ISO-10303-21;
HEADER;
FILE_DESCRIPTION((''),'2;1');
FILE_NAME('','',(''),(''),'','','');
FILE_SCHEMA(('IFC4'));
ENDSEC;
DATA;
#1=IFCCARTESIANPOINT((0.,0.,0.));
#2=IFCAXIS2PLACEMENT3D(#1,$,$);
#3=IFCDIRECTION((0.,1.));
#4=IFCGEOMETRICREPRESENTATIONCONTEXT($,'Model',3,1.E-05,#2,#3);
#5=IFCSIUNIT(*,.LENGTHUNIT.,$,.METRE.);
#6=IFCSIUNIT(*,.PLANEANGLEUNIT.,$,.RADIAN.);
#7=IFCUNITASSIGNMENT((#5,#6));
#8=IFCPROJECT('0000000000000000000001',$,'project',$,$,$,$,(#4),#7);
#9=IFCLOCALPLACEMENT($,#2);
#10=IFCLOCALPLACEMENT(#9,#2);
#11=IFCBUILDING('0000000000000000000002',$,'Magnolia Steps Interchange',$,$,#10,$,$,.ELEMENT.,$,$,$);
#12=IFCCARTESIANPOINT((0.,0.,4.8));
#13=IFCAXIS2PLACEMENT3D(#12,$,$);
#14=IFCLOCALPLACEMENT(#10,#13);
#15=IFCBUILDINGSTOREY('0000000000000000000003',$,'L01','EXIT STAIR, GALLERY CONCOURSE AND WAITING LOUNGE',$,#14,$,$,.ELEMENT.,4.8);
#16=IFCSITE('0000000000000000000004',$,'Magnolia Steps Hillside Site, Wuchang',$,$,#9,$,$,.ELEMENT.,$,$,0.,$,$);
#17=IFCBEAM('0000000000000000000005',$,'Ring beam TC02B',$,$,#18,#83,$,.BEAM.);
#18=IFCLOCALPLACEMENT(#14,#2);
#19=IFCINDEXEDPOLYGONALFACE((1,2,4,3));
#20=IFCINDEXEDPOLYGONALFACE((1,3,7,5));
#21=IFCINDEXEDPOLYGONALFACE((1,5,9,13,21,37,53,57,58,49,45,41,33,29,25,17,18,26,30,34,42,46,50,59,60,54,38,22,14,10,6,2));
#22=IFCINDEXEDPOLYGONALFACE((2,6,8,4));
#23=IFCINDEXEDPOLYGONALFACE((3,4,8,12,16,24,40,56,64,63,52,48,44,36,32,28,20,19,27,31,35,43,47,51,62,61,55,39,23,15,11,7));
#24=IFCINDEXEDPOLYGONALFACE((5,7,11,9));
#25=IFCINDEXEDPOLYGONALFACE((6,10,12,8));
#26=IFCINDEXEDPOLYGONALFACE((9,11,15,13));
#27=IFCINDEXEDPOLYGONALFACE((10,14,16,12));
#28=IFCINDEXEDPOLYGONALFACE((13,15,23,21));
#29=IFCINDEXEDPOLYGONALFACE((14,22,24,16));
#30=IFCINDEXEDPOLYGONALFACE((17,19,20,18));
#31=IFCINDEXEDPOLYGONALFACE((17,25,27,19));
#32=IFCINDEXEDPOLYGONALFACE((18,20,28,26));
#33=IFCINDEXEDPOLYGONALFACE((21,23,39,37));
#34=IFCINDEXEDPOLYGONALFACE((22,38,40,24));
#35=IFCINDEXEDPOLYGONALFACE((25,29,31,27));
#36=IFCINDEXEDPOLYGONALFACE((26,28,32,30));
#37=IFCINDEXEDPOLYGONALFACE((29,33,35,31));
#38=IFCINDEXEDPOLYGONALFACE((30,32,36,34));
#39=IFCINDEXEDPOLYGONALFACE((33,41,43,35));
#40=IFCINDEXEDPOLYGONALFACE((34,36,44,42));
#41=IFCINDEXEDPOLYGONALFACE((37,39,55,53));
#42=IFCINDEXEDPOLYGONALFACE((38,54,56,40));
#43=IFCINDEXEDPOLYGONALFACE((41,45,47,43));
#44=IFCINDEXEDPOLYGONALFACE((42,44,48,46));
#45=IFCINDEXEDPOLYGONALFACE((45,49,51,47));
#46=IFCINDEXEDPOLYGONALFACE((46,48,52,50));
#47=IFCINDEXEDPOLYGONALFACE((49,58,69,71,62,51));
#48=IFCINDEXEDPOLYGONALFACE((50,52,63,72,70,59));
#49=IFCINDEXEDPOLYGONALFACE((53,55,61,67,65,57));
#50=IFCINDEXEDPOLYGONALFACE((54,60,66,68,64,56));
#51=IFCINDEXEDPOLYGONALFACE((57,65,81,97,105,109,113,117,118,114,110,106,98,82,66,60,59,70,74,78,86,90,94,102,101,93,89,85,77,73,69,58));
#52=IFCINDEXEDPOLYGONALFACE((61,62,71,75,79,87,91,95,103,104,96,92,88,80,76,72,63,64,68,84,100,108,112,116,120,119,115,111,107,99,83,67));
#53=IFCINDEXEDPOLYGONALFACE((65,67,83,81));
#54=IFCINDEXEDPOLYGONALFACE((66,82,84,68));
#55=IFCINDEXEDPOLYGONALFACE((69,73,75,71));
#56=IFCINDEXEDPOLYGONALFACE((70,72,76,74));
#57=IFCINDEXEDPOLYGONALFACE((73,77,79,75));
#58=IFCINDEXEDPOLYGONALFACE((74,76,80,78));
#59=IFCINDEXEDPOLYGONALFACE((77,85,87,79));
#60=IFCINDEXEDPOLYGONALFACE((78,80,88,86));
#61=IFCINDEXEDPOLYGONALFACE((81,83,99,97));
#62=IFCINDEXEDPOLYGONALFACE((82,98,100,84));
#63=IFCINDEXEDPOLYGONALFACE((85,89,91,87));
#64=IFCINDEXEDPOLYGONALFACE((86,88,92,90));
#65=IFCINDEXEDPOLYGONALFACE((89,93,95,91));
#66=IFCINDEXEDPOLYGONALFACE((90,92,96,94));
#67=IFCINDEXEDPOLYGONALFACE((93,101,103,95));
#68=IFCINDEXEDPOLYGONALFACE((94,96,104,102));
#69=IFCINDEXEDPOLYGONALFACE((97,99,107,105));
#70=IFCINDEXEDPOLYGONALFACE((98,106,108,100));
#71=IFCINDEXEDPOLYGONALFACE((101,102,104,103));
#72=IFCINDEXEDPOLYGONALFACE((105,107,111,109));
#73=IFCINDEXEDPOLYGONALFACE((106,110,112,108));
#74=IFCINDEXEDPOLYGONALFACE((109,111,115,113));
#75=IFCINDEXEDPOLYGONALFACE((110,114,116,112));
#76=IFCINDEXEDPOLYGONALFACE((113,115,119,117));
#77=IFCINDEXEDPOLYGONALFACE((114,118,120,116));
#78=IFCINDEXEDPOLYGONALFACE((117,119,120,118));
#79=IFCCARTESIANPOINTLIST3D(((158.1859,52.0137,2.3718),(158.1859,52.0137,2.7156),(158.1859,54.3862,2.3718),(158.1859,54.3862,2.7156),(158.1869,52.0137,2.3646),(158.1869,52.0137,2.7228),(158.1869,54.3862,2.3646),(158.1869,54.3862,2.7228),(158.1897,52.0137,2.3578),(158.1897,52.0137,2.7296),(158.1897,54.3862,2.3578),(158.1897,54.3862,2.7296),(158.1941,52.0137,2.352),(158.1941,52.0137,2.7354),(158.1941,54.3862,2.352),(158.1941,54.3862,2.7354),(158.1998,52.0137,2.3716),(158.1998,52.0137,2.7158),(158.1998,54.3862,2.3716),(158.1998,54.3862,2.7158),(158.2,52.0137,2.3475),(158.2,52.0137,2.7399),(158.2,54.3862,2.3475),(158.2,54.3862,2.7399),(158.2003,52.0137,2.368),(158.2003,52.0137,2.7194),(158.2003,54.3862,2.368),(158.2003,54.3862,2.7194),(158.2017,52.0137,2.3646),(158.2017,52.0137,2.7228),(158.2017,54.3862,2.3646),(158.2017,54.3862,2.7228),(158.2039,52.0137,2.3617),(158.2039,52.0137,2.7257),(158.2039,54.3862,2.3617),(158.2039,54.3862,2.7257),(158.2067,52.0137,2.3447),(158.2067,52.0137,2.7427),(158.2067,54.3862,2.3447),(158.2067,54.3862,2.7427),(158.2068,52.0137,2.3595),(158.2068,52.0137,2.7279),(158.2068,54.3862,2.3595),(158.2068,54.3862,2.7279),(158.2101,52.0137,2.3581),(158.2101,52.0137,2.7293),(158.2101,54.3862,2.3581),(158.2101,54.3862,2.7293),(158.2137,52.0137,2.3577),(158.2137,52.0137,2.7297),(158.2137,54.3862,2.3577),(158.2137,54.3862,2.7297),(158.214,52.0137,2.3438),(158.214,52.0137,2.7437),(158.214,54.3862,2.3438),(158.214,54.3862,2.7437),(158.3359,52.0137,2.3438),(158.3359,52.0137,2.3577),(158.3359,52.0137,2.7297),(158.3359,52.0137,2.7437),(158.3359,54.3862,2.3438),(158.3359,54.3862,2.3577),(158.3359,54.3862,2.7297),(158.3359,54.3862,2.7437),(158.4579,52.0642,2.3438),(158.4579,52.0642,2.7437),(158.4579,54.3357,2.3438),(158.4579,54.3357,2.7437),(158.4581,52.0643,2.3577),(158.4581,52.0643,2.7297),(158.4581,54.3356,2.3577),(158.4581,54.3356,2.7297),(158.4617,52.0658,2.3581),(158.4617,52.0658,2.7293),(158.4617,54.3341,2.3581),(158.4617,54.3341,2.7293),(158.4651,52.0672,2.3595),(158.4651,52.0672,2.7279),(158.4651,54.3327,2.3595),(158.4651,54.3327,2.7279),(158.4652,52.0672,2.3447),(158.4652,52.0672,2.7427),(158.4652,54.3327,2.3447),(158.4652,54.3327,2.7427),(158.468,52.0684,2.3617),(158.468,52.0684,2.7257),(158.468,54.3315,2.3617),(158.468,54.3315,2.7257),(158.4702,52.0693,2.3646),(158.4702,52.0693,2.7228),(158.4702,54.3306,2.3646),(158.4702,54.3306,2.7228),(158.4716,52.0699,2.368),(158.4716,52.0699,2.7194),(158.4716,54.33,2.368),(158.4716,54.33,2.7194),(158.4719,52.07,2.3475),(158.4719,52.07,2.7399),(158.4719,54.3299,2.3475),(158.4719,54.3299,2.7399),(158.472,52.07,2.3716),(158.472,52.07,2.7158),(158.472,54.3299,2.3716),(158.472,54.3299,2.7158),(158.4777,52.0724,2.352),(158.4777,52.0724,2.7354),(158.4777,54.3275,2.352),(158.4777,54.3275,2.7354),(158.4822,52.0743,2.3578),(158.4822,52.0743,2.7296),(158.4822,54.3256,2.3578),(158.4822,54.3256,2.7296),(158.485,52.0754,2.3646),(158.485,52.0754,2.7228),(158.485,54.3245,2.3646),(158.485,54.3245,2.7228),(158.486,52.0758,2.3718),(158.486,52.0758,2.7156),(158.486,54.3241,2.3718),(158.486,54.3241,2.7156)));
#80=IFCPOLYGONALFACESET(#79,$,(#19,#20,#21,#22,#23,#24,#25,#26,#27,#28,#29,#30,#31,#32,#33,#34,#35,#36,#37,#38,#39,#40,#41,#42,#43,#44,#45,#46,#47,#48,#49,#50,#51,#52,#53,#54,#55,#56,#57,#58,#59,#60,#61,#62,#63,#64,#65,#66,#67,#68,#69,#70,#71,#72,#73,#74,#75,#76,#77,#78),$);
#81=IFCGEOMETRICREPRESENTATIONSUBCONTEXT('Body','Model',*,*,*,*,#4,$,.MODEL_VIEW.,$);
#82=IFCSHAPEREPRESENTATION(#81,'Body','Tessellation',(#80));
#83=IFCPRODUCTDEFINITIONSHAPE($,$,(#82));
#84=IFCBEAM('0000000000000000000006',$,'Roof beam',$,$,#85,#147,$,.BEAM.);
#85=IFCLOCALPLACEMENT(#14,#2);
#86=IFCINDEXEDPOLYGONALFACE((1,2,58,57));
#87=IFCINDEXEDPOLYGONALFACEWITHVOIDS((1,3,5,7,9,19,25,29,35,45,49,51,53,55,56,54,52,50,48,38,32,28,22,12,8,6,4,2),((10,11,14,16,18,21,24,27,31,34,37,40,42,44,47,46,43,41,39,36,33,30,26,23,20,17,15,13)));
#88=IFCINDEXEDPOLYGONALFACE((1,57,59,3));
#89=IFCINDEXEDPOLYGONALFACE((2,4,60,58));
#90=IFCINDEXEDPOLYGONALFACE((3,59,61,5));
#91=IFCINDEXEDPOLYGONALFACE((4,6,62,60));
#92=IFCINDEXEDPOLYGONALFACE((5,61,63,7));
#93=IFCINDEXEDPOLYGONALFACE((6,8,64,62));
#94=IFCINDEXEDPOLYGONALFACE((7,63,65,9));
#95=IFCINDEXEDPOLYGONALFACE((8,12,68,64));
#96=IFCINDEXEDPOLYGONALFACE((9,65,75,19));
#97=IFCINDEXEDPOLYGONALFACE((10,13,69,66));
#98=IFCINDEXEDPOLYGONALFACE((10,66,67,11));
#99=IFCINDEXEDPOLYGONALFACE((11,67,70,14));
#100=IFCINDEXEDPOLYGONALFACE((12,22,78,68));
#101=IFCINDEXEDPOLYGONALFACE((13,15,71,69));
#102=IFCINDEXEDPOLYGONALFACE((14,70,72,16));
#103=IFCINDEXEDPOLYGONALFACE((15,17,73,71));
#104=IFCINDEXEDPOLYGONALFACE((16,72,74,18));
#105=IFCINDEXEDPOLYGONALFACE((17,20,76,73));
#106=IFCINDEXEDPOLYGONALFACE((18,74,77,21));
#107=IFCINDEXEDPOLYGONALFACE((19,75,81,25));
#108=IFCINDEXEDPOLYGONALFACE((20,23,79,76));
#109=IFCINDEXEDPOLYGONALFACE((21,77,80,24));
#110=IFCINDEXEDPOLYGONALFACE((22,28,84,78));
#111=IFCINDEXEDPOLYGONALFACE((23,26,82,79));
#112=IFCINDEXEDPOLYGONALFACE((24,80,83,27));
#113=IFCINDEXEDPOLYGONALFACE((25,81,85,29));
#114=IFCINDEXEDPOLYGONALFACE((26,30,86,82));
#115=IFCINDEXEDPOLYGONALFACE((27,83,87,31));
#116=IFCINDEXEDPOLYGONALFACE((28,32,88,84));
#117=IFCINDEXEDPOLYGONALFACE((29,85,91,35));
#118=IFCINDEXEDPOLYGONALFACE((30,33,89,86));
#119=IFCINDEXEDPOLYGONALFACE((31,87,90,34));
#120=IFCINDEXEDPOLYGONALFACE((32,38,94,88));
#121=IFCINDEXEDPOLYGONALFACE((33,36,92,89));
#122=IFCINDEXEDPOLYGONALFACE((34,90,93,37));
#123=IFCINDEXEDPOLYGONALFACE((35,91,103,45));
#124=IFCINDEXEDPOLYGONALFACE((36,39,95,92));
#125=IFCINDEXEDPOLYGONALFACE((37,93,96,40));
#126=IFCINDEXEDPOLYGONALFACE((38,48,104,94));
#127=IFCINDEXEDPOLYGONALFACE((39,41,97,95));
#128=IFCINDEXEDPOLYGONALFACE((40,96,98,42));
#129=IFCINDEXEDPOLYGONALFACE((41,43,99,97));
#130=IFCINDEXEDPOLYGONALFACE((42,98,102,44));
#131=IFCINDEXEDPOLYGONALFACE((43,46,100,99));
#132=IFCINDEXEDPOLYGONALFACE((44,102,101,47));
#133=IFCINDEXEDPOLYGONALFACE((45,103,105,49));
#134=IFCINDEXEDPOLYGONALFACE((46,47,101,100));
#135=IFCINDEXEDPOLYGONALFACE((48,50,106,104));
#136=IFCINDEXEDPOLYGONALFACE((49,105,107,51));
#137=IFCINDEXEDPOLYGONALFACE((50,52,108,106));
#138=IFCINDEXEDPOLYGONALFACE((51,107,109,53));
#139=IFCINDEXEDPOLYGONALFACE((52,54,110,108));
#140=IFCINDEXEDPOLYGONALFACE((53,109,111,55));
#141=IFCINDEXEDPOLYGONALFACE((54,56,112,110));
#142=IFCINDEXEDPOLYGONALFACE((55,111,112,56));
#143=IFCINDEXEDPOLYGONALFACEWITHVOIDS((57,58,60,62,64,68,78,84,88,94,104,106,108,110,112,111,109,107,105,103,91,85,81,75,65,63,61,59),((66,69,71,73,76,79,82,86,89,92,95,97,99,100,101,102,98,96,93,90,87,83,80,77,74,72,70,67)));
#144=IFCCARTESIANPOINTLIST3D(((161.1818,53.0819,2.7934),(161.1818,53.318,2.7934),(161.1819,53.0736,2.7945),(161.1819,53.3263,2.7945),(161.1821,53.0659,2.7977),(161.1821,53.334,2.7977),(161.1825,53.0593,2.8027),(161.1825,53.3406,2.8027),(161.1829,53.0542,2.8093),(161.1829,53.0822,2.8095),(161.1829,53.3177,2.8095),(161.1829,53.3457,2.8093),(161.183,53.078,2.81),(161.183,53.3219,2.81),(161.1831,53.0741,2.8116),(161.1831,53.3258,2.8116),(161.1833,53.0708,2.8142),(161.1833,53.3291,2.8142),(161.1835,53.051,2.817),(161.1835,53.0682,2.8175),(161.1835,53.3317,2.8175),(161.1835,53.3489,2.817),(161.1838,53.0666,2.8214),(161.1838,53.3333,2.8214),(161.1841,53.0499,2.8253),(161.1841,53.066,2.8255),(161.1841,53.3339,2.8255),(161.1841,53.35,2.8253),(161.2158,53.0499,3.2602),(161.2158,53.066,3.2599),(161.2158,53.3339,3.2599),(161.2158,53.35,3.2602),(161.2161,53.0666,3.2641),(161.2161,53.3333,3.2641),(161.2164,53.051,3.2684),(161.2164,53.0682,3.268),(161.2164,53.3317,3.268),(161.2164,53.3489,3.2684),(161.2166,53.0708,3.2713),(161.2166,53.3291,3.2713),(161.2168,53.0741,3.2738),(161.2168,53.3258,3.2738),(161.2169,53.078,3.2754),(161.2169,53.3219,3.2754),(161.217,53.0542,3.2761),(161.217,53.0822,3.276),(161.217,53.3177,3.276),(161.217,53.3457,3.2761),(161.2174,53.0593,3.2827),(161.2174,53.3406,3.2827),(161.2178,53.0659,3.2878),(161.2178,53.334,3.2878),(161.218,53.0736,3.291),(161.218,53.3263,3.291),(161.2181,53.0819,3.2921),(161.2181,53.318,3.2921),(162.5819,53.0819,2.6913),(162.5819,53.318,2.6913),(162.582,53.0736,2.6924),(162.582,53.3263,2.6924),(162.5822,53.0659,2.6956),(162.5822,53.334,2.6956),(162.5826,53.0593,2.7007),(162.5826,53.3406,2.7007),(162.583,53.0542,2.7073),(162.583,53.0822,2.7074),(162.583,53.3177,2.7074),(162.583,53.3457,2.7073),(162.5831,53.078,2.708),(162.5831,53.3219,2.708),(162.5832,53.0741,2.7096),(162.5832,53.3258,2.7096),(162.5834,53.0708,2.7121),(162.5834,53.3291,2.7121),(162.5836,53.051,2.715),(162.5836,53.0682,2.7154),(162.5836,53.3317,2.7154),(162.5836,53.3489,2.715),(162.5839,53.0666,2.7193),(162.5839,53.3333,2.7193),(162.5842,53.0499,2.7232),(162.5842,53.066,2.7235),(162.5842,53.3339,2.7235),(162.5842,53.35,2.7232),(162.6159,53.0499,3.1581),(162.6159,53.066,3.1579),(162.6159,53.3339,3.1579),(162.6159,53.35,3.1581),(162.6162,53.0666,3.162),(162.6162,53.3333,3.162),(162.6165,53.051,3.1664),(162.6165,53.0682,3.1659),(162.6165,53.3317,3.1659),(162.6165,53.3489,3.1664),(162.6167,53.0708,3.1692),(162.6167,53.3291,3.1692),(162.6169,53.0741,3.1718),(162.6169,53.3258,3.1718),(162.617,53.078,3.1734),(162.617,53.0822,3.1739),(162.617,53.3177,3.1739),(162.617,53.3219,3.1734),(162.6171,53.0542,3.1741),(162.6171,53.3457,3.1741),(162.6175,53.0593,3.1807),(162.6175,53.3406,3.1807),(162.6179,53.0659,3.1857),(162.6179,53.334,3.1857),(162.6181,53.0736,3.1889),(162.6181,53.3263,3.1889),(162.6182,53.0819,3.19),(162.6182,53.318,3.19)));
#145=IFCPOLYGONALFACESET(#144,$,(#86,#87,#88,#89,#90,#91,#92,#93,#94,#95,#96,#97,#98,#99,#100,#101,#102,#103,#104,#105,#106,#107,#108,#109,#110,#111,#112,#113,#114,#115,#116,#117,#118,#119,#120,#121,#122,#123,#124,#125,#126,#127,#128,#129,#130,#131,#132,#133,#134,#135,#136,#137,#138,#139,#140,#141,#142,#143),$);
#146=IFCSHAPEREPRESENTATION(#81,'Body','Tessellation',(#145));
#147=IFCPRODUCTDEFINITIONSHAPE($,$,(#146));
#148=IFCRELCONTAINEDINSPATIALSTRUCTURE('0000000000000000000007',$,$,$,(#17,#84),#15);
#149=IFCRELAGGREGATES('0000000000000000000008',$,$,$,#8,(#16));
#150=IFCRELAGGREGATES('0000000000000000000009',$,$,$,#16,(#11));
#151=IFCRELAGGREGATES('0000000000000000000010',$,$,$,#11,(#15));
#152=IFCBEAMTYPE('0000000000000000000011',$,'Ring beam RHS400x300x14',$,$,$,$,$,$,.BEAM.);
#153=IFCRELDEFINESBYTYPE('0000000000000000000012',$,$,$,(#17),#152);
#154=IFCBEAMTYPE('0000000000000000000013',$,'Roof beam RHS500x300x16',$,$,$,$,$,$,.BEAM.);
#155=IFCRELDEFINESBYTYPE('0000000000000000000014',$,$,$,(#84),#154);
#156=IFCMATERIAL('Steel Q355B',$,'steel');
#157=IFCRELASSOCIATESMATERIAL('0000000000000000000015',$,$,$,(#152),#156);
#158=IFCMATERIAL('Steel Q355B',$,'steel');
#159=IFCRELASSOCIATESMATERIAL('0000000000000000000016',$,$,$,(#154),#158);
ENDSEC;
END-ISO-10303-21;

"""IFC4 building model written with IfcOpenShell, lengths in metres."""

from ifc_helpers import new_model, si_unit, direction, frame, origin, origin_2d, place, context, subcontext, project, spatial, hollow_rectangle, extrude, clip, halfspace, material, material_profile, profile_set, type_object, element, save


model = new_model("IFC4")

# Units and contexts
model_context = context("Model", 3, precision=1e-05, world=origin(), true_north=direction((0.0, 1.0)))
body_context = subcontext(model_context, "Body", "Model", "MODEL_VIEW")
ifc_project = project(units=[si_unit("LENGTHUNIT", "METRE"), si_unit("PLANEANGLEUNIT", "RADIAN")], contexts=[model_context])

# Site, building, storey
site_placement = place(None, origin())
site = spatial("IfcSite", under=ifc_project, at=site_placement, Name="Magnolia Steps Hillside Site, Wuchang", CompositionType="ELEMENT", RefElevation=0.0)
building_placement = place(site_placement, origin())
building = spatial("IfcBuilding", under=site, at=building_placement, Name="Magnolia Steps Interchange", CompositionType="ELEMENT")
storey_placement = place(building_placement, frame((0.0, 0.0, 4.8)))
storey = spatial("IfcBuildingStorey", under=building, at=storey_placement, Name="L01", Description="EXIT STAIR, GALLERY CONCOURSE AND WAITING LOUNGE", CompositionType="ELEMENT", Elevation=4.8)

# Beams
ifc_material_1 = material(Name="Steel Q355B", Category="steel")
ifc_material_profile_1 = material_profile(ifc_material_1, hollow_rectangle(XDim=0.3, YDim=0.3999, WallThickness=0.0139, InnerFilletRadius=0.0139, OuterFilletRadius=0.0281, at=origin_2d()), Name="RHS400x300x14")
ifc_profile_set_1 = profile_set([ifc_material_profile_1], Name="Steel Q355B")
beam_type_1 = type_object("IfcBeamType", Name="Ring beam RHS400x300x14", PredefinedType="BEAM", material=ifc_profile_set_1)
beam_1_placement = place(storey_placement, frame((158.3359, 54.3862, 2.5437), z_axis=(0.0, -1.0, 0.0), x_axis=(1.0, 0.0, 0.0)))
element("IfcBeam", 1, at=beam_1_placement, inside=storey, type_object=beam_type_1, Name="Ring beam TC02B", PredefinedType="BEAM", context=body_context, shape_type="Clipping", body=[
    clip(clip(extrude(hollow_rectangle(XDim=0.3, YDim=0.3999, WallThickness=0.0139, InnerFilletRadius=0.0139, OuterFilletRadius=0.0281, at=origin_2d()), origin(), (0.0, 0.0, 1.0), 2.3726), halfspace(frame((0.0, 0.0, 0.0), z_axis=(0.382683, 0.0, -0.92388), x_axis=(0.92388, 0.0, 0.382683)), False)), halfspace(frame((0.0, 0.0, 2.3726), z_axis=(0.382683, 0.0, 0.92388), x_axis=(0.92388, 0.0, -0.382683)), False)),
])
ifc_material_2 = material(Name="Steel Q355B", Category="steel")
ifc_material_profile_2 = material_profile(ifc_material_2, hollow_rectangle(XDim=0.3, YDim=0.5, WallThickness=0.0161, InnerFilletRadius=0.0161, OuterFilletRadius=0.032, at=origin_2d()), Name="RHS500x300x16")
ifc_profile_set_2 = profile_set([ifc_material_profile_2], Name="Steel Q355B")
beam_type_2 = type_object("IfcBeamType", Name="Roof beam RHS500x300x16", PredefinedType="BEAM", material=ifc_profile_set_2)
beam_2_placement = place(storey_placement, frame((161.2, 53.2, 3.0427), z_axis=(0.997354, 0.0, -0.072693), x_axis=(0.0, 1.0, 0.0)))
element("IfcBeam", 2, at=beam_2_placement, inside=storey, type_object=beam_type_2, Name="Roof beam", PredefinedType="BEAM", context=body_context, shape_type="SweptSolid", body=[
    extrude(hollow_rectangle(XDim=0.3, YDim=0.5, WallThickness=0.0161, InnerFilletRadius=0.0161, OuterFilletRadius=0.032, at=origin_2d()), origin(), (0.0, 0.0, 1.0), 1.4038),
])

save(model, "model.ifc")
